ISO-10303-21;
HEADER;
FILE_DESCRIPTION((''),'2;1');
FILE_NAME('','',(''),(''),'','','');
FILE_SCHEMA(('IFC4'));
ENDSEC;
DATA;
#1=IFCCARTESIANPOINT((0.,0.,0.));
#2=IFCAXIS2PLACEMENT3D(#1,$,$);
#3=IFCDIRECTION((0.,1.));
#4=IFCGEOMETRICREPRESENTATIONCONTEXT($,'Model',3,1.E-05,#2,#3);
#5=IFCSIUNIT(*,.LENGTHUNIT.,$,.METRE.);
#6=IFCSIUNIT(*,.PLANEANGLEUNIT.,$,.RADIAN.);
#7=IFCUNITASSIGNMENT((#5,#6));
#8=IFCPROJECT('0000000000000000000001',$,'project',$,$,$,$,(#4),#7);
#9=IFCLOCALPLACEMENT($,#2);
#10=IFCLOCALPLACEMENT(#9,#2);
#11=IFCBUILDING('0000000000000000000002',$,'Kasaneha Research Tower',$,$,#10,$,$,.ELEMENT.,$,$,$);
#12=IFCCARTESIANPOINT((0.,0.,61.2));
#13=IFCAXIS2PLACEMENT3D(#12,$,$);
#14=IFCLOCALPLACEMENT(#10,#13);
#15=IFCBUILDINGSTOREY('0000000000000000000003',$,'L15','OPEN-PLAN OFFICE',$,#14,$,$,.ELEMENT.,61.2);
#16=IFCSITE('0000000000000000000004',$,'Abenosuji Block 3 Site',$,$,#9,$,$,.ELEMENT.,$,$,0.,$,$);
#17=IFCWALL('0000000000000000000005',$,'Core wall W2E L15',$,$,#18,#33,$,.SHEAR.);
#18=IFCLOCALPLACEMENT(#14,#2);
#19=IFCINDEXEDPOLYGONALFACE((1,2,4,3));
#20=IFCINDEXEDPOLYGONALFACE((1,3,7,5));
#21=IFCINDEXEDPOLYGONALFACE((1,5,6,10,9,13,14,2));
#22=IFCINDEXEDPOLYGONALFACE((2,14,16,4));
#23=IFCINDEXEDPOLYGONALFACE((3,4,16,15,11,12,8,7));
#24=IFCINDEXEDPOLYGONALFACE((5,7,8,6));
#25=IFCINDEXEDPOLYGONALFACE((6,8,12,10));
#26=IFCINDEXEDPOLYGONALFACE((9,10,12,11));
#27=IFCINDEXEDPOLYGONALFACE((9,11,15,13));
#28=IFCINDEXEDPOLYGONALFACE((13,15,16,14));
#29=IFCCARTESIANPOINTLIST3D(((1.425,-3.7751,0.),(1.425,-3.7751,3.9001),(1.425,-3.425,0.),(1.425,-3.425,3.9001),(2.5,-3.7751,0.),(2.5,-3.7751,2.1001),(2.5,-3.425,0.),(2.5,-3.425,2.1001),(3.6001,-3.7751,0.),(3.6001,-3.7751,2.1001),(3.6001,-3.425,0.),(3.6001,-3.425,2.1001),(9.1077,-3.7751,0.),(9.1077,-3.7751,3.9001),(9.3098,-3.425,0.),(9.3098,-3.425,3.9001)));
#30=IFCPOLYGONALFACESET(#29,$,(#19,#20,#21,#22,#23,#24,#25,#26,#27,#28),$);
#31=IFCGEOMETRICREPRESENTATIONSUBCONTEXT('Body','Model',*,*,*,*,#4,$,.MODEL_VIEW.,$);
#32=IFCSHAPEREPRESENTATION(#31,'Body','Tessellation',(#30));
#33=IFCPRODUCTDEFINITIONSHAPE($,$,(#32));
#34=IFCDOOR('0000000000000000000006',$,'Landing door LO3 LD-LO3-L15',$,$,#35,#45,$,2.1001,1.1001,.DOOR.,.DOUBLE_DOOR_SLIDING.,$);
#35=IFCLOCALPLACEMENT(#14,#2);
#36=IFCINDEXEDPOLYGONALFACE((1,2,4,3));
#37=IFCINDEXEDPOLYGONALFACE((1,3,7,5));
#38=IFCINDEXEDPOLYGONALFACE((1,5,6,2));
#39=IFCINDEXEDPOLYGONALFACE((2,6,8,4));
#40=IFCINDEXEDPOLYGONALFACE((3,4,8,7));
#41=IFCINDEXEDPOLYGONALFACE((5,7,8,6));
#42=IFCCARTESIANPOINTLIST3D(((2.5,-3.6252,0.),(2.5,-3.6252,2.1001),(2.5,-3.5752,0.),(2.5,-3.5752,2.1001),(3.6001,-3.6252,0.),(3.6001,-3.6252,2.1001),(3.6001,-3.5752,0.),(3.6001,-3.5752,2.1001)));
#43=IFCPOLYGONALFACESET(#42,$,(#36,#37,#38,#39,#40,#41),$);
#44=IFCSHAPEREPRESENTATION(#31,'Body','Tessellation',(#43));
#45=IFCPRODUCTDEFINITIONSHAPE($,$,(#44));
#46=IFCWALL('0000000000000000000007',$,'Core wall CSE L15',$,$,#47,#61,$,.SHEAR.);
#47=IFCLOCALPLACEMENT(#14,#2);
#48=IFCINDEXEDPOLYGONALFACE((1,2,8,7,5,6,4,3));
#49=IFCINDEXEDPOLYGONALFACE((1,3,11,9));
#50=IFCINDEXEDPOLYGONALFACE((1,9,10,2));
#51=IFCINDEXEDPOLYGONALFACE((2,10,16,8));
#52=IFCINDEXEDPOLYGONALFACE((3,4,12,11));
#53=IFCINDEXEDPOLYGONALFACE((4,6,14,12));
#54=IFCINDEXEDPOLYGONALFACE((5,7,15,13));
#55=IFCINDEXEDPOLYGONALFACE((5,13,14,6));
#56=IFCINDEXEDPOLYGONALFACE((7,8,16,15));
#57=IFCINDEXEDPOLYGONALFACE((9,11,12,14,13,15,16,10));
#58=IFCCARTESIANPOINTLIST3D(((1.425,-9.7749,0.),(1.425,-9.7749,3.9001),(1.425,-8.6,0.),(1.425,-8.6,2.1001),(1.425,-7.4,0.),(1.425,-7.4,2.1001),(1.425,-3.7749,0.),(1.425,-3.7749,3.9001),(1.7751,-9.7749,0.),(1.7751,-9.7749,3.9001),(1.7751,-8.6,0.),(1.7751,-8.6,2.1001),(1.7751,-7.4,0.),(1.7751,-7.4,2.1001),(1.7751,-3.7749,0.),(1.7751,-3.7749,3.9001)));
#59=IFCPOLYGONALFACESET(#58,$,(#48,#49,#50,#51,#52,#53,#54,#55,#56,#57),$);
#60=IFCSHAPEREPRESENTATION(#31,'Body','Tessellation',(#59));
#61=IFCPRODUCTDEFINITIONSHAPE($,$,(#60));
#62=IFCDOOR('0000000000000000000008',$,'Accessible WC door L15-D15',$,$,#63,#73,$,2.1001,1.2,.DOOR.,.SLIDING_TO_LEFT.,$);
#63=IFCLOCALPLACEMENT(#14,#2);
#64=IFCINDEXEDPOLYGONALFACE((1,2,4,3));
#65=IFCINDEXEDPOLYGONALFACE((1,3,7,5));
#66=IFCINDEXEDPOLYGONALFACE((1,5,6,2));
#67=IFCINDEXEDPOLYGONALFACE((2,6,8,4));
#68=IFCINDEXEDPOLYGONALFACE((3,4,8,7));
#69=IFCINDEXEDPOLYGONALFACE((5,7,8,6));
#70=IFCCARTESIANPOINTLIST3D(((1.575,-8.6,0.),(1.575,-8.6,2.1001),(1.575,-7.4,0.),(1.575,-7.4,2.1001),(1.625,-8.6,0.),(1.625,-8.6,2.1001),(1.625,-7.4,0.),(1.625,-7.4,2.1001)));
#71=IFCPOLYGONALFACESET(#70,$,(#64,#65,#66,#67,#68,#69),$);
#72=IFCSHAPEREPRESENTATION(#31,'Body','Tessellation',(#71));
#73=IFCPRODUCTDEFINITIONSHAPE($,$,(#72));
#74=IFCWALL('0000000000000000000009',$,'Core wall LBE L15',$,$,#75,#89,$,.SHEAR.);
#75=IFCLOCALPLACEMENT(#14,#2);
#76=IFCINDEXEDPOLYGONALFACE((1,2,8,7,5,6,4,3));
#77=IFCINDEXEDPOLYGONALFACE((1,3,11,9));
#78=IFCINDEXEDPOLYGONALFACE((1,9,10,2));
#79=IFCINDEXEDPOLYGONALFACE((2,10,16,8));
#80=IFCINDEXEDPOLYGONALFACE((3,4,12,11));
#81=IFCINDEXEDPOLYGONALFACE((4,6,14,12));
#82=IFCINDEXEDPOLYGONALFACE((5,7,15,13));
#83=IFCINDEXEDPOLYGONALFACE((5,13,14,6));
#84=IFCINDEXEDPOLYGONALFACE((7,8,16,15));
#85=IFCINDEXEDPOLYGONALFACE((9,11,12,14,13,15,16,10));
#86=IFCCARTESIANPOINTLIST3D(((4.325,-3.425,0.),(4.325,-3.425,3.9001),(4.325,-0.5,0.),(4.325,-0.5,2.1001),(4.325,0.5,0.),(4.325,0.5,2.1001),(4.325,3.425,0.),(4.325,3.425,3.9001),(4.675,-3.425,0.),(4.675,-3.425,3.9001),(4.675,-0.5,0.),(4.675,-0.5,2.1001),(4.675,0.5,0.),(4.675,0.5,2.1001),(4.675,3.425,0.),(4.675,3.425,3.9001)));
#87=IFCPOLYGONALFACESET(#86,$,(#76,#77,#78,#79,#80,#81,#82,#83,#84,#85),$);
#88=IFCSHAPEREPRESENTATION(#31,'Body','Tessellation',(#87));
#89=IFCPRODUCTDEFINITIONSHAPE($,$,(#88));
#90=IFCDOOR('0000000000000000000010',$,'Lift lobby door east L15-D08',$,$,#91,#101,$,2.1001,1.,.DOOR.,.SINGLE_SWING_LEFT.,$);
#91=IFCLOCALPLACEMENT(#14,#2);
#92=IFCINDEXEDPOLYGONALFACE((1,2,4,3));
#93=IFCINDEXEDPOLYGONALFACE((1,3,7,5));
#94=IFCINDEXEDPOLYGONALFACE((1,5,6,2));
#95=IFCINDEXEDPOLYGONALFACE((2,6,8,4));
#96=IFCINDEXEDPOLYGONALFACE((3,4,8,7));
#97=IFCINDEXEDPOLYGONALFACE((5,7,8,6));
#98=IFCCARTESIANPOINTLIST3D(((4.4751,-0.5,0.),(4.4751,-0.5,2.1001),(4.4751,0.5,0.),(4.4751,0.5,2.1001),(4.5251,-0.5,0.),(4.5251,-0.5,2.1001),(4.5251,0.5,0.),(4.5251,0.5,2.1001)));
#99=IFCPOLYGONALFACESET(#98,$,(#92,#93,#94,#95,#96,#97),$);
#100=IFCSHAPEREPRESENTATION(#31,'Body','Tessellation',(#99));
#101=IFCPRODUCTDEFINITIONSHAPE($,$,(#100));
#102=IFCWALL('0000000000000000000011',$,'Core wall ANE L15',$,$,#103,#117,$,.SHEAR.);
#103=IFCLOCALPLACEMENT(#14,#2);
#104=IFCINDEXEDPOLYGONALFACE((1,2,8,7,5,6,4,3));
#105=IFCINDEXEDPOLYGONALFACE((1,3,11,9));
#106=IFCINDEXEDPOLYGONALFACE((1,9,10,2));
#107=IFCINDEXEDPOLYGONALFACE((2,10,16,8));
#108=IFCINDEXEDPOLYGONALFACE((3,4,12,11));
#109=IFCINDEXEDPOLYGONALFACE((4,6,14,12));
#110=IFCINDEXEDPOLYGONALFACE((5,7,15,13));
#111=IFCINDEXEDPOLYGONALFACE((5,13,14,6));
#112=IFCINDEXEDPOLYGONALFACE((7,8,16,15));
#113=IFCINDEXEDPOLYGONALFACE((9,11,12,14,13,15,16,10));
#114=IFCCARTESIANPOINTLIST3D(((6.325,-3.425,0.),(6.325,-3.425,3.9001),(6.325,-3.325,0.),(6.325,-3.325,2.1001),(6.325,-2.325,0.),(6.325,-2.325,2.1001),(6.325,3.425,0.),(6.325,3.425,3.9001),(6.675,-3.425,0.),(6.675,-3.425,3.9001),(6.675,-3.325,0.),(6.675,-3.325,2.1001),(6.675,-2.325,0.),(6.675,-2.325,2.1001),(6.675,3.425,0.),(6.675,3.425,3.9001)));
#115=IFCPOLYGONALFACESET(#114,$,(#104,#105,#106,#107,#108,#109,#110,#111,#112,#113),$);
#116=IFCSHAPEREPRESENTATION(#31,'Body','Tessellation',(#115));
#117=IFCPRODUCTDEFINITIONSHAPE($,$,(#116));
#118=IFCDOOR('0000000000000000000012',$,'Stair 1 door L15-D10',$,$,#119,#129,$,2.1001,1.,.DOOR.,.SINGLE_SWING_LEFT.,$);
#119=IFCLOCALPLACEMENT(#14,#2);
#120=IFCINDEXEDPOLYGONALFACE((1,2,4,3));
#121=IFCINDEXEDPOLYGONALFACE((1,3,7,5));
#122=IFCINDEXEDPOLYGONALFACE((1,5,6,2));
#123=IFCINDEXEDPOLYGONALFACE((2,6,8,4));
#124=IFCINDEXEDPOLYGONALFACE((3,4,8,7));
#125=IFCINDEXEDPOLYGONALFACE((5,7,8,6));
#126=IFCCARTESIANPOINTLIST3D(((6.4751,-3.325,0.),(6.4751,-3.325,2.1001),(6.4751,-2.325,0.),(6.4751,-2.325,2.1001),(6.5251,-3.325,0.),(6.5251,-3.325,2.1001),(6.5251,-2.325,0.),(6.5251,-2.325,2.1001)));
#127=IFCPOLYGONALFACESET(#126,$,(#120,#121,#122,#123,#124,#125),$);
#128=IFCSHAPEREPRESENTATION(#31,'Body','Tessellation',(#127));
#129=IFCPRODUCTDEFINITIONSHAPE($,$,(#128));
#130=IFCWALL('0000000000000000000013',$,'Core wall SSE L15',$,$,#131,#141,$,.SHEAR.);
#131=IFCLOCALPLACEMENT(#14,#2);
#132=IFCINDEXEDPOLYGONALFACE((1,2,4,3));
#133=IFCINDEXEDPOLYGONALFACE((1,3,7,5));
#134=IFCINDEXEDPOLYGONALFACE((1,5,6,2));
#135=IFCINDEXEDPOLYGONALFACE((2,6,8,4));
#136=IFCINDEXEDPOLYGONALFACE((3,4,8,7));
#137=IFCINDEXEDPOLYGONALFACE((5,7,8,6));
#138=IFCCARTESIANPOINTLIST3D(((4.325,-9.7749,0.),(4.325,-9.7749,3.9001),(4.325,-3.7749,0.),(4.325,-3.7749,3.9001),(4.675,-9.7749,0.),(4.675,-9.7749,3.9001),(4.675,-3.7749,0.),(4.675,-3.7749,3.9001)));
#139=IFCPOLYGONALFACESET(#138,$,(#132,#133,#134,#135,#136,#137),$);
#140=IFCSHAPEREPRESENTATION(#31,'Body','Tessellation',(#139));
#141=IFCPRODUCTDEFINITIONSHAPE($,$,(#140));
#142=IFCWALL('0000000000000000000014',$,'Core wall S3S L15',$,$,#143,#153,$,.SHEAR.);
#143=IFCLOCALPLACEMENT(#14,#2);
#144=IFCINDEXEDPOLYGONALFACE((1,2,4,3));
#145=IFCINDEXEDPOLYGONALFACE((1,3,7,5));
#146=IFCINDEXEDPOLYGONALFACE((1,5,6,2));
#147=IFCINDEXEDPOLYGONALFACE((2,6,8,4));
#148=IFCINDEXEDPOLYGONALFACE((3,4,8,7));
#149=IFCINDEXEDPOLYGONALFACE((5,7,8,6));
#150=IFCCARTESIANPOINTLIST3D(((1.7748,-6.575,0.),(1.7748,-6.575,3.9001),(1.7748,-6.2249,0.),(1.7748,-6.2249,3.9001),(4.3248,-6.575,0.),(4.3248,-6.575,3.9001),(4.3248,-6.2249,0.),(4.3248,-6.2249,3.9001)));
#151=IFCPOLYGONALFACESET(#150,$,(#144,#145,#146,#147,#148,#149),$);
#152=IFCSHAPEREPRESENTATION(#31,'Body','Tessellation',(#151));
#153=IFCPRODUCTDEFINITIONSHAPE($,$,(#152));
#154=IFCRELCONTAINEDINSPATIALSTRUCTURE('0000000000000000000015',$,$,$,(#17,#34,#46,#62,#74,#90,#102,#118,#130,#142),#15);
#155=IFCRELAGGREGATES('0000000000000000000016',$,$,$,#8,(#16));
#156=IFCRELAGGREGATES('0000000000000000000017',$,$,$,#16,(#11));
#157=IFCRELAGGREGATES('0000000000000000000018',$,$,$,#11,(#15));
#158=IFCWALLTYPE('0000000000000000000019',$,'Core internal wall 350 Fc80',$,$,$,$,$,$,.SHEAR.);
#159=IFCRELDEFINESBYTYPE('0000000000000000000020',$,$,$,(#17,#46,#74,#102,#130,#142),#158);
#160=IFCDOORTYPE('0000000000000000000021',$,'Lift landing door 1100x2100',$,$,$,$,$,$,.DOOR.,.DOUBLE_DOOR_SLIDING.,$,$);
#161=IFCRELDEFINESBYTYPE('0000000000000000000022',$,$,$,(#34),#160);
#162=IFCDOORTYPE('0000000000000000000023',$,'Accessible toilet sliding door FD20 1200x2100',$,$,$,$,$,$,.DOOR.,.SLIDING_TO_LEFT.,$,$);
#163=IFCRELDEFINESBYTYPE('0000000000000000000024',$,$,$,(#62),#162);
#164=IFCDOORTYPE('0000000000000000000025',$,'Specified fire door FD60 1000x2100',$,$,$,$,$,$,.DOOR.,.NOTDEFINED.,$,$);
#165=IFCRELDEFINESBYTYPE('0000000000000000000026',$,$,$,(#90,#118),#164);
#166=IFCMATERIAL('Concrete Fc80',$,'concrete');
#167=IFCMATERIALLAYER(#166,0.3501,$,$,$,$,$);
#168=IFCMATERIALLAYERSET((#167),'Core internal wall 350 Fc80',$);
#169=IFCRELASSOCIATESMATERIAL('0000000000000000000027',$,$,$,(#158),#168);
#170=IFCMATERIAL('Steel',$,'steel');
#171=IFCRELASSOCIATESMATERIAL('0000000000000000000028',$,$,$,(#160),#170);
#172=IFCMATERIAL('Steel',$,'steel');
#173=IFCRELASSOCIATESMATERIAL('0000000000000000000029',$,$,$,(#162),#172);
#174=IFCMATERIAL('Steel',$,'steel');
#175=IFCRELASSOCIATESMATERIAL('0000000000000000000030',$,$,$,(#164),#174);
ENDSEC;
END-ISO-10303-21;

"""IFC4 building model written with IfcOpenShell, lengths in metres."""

from ifc_helpers import new_model, si_unit, direction, frame, frame_2d, origin, place, context, subcontext, project, spatial, polyline, rectangle, outline, extrude, material, layer, layer_set, type_object, element, fill, save


model = new_model("IFC4")

# Units and contexts
model_context = context("Model", 3, precision=1e-05, world=origin(), true_north=direction((0.0, 1.0)))
body_context = subcontext(model_context, "Body", "Model", "MODEL_VIEW")
ifc_project = project(units=[si_unit("LENGTHUNIT", "METRE"), si_unit("PLANEANGLEUNIT", "RADIAN")], contexts=[model_context])

# Site, building, storey
site_placement = place(None, origin())
site = spatial("IfcSite", under=ifc_project, at=site_placement, Name="Abenosuji Block 3 Site", CompositionType="ELEMENT", RefElevation=0.0)
building_placement = place(site_placement, origin())
building = spatial("IfcBuilding", under=site, at=building_placement, Name="Kasaneha Research Tower", CompositionType="ELEMENT")
storey_placement = place(building_placement, frame((0.0, 0.0, 61.2)))
storey = spatial("IfcBuildingStorey", under=building, at=storey_placement, Name="L15", Description="OPEN-PLAN OFFICE", CompositionType="ELEMENT", Elevation=61.2)

# Walls, openings, doors
ifc_material_1 = material(Name="Concrete Fc80", Category="concrete")
ifc_layer_1 = layer(ifc_material_1, 0.3501)
ifc_layer_set_1 = layer_set([ifc_layer_1], Name="Core internal wall 350 Fc80")
wall_type_1 = type_object("IfcWallType", Name="Core internal wall 350 Fc80", PredefinedType="SHEAR", material=ifc_layer_set_1)
wall_1_placement = place(storey_placement, frame((1.425, -3.6001, 0.0), z_axis=(0.0, 0.0, 1.0), x_axis=(1.0, 0.0, 0.0)))
wall_1 = element("IfcWall", 1, at=wall_1_placement, inside=storey, type_object=wall_type_1, Name="Core wall W2E L15", PredefinedType="SHEAR", context=body_context, shape_type="SweptSolid", body=[
    extrude(outline(polyline([(0.0, -0.175), (1.075, -0.175), (2.175, -0.175), (7.6826, -0.175), (7.8848, 0.175), (2.175, 0.175), (1.075, 0.175), (0.0, 0.175), (0.0, -0.175)])), origin(), (0.0, 0.0, 1.0), 3.9001),
])
opening_1_placement = place(wall_1_placement, frame((1.075, 0.0, 0.0)))
opening_1 = element("IfcOpeningElement", 2, at=opening_1_placement, cuts=wall_1, PredefinedType="OPENING", context=body_context, shape_type="SweptSolid", body=[
    extrude(rectangle(XDim=1.1001, YDim=2.1001, at=frame_2d((0.55, 1.05))), frame((0.0, 0.1851, 0.0), z_axis=(0.0, -1.0, 0.0), x_axis=(1.0, 0.0, 0.0)), (0.0, 0.0, 1.0), 0.3701),
])
ifc_material_2 = material(Name="Steel", Category="steel")
door_type_1 = type_object("IfcDoorType", Name="Lift landing door 1100x2100", OperationType="DOUBLE_DOOR_SLIDING", PredefinedType="DOOR", material=ifc_material_2)
door_1_placement = place(opening_1_placement, origin())
door_1 = element("IfcDoor", 3, at=door_1_placement, inside=storey, type_object=door_type_1, Name="Landing door LO3 LD-LO3-L15", OperationType="DOUBLE_DOOR_SLIDING", OverallHeight=2.1001, OverallWidth=1.1001, PredefinedType="DOOR", context=body_context, shape_type="SweptSolid", body=[
    extrude(rectangle(XDim=1.1001, YDim=2.1001, at=frame_2d((0.55, 1.05))), frame((0.0, 0.0249, 0.0), z_axis=(0.0, -1.0, 0.0), x_axis=(1.0, 0.0, 0.0)), (0.0, 0.0, 1.0), 0.05),
])
fill(opening_1, door_1)
wall_2_placement = place(storey_placement, frame((1.6001, -3.7749, 0.0), z_axis=(0.0, 0.0, 1.0), x_axis=(0.0, -1.0, 0.0)))
wall_2 = element("IfcWall", 4, at=wall_2_placement, inside=storey, type_object=wall_type_1, Name="Core wall CSE L15", PredefinedType="SHEAR", context=body_context, shape_type="SweptSolid", body=[
    extrude(rectangle(XDim=6.0, YDim=0.3501, at=frame_2d((3.0, 0.0))), origin(), (0.0, 0.0, 1.0), 3.9001),
])
opening_2_placement = place(wall_2_placement, frame((3.625, 0.0, 0.0)))
opening_2 = element("IfcOpeningElement", 5, at=opening_2_placement, cuts=wall_2, PredefinedType="OPENING", context=body_context, shape_type="SweptSolid", body=[
    extrude(rectangle(XDim=1.2, YDim=2.1001, at=frame_2d((0.6001, 1.05))), frame((0.0, 0.1851, 0.0), z_axis=(0.0, -1.0, 0.0), x_axis=(1.0, 0.0, 0.0)), (0.0, 0.0, 1.0), 0.3701),
])
ifc_material_3 = material(Name="Steel", Category="steel")
door_type_2 = type_object("IfcDoorType", Name="Accessible toilet sliding door FD20 1200x2100", OperationType="SLIDING_TO_LEFT", PredefinedType="DOOR", material=ifc_material_3)
door_2_placement = place(opening_2_placement, origin())
door_2 = element("IfcDoor", 6, at=door_2_placement, inside=storey, type_object=door_type_2, Name="Accessible WC door L15-D15", OperationType="SLIDING_TO_LEFT", OverallHeight=2.1001, OverallWidth=1.2, PredefinedType="DOOR", context=body_context, shape_type="SweptSolid", body=[
    extrude(rectangle(XDim=1.2, YDim=2.1001, at=frame_2d((0.6001, 1.05))), frame((0.0, 0.0249, 0.0), z_axis=(0.0, -1.0, 0.0), x_axis=(1.0, 0.0, 0.0)), (0.0, 0.0, 1.0), 0.05),
])
fill(opening_2, door_2)
wall_3_placement = place(storey_placement, frame((4.5, -3.425, 0.0), z_axis=(0.0, 0.0, 1.0), x_axis=(0.0, 1.0, 0.0)))
wall_3 = element("IfcWall", 7, at=wall_3_placement, inside=storey, type_object=wall_type_1, Name="Core wall LBE L15", PredefinedType="SHEAR", context=body_context, shape_type="SweptSolid", body=[
    extrude(rectangle(XDim=6.8501, YDim=0.3501, at=frame_2d((3.425, 0.0))), origin(), (0.0, 0.0, 1.0), 3.9001),
])
opening_3_placement = place(wall_3_placement, frame((2.925, 0.0, 0.0)))
opening_3 = element("IfcOpeningElement", 8, at=opening_3_placement, cuts=wall_3, PredefinedType="OPENING", context=body_context, shape_type="SweptSolid", body=[
    extrude(rectangle(XDim=1.0, YDim=2.1001, at=frame_2d((0.5, 1.05))), frame((0.0, 0.1851, 0.0), z_axis=(0.0, -1.0, 0.0), x_axis=(1.0, 0.0, 0.0)), (0.0, 0.0, 1.0), 0.3701),
])
ifc_material_4 = material(Name="Steel", Category="steel")
door_type_3 = type_object("IfcDoorType", Name="Specified fire door FD60 1000x2100", OperationType="NOTDEFINED", PredefinedType="DOOR", material=ifc_material_4)
door_3_placement = place(opening_3_placement, origin())
door_3 = element("IfcDoor", 9, at=door_3_placement, inside=storey, type_object=door_type_3, Name="Lift lobby door east L15-D08", OperationType="SINGLE_SWING_LEFT", OverallHeight=2.1001, OverallWidth=1.0, PredefinedType="DOOR", context=body_context, shape_type="SweptSolid", body=[
    extrude(rectangle(XDim=1.0, YDim=2.1001, at=frame_2d((0.5, 1.05))), frame((0.0, 0.0249, 0.0), z_axis=(0.0, -1.0, 0.0), x_axis=(1.0, 0.0, 0.0)), (0.0, 0.0, 1.0), 0.05),
])
fill(opening_3, door_3)
wall_4_placement = place(storey_placement, frame((6.5, -3.425, 0.0), z_axis=(0.0, 0.0, 1.0), x_axis=(0.0, 1.0, 0.0)))
wall_4 = element("IfcWall", 10, at=wall_4_placement, inside=storey, type_object=wall_type_1, Name="Core wall ANE L15", PredefinedType="SHEAR", context=body_context, shape_type="SweptSolid", body=[
    extrude(rectangle(XDim=6.8501, YDim=0.3501, at=frame_2d((3.425, 0.0))), origin(), (0.0, 0.0, 1.0), 3.9001),
])
opening_4_placement = place(wall_4_placement, frame((0.1001, 0.0, 0.0)))
opening_4 = element("IfcOpeningElement", 11, at=opening_4_placement, cuts=wall_4, PredefinedType="OPENING", context=body_context, shape_type="SweptSolid", body=[
    extrude(rectangle(XDim=1.0, YDim=2.1001, at=frame_2d((0.5, 1.05))), frame((0.0, 0.1851, 0.0), z_axis=(0.0, -1.0, 0.0), x_axis=(1.0, 0.0, 0.0)), (0.0, 0.0, 1.0), 0.3701),
])
door_4_placement = place(opening_4_placement, origin())
door_4 = element("IfcDoor", 12, at=door_4_placement, inside=storey, type_object=door_type_3, Name="Stair 1 door L15-D10", OperationType="SINGLE_SWING_LEFT", OverallHeight=2.1001, OverallWidth=1.0, PredefinedType="DOOR", context=body_context, shape_type="SweptSolid", body=[
    extrude(rectangle(XDim=1.0, YDim=2.1001, at=frame_2d((0.5, 1.05))), frame((0.0, 0.0249, 0.0), z_axis=(0.0, -1.0, 0.0), x_axis=(1.0, 0.0, 0.0)), (0.0, 0.0, 1.0), 0.05),
])
fill(opening_4, door_4)

# Walls
wall_5_placement = place(storey_placement, frame((4.5, -3.7749, 0.0), z_axis=(0.0, 0.0, 1.0), x_axis=(0.0, -1.0, 0.0)))
element("IfcWall", 13, at=wall_5_placement, inside=storey, type_object=wall_type_1, Name="Core wall SSE L15", PredefinedType="SHEAR", context=body_context, shape_type="SweptSolid", body=[
    extrude(rectangle(XDim=6.0, YDim=0.3501, at=frame_2d((3.0, 0.0))), origin(), (0.0, 0.0, 1.0), 3.9001),
])
wall_6_placement = place(storey_placement, frame((1.7749, -6.3999, 0.0), z_axis=(0.0, 0.0, 1.0), x_axis=(1.0, 0.0, 0.0)))
element("IfcWall", 14, at=wall_6_placement, inside=storey, type_object=wall_type_1, Name="Core wall S3S L15", PredefinedType="SHEAR", context=body_context, shape_type="SweptSolid", body=[
    extrude(rectangle(XDim=2.55, YDim=0.3501, at=frame_2d((1.2749, 0.0))), origin(), (0.0, 0.0, 1.0), 3.9001),
])

save(model, "model.ifc")
